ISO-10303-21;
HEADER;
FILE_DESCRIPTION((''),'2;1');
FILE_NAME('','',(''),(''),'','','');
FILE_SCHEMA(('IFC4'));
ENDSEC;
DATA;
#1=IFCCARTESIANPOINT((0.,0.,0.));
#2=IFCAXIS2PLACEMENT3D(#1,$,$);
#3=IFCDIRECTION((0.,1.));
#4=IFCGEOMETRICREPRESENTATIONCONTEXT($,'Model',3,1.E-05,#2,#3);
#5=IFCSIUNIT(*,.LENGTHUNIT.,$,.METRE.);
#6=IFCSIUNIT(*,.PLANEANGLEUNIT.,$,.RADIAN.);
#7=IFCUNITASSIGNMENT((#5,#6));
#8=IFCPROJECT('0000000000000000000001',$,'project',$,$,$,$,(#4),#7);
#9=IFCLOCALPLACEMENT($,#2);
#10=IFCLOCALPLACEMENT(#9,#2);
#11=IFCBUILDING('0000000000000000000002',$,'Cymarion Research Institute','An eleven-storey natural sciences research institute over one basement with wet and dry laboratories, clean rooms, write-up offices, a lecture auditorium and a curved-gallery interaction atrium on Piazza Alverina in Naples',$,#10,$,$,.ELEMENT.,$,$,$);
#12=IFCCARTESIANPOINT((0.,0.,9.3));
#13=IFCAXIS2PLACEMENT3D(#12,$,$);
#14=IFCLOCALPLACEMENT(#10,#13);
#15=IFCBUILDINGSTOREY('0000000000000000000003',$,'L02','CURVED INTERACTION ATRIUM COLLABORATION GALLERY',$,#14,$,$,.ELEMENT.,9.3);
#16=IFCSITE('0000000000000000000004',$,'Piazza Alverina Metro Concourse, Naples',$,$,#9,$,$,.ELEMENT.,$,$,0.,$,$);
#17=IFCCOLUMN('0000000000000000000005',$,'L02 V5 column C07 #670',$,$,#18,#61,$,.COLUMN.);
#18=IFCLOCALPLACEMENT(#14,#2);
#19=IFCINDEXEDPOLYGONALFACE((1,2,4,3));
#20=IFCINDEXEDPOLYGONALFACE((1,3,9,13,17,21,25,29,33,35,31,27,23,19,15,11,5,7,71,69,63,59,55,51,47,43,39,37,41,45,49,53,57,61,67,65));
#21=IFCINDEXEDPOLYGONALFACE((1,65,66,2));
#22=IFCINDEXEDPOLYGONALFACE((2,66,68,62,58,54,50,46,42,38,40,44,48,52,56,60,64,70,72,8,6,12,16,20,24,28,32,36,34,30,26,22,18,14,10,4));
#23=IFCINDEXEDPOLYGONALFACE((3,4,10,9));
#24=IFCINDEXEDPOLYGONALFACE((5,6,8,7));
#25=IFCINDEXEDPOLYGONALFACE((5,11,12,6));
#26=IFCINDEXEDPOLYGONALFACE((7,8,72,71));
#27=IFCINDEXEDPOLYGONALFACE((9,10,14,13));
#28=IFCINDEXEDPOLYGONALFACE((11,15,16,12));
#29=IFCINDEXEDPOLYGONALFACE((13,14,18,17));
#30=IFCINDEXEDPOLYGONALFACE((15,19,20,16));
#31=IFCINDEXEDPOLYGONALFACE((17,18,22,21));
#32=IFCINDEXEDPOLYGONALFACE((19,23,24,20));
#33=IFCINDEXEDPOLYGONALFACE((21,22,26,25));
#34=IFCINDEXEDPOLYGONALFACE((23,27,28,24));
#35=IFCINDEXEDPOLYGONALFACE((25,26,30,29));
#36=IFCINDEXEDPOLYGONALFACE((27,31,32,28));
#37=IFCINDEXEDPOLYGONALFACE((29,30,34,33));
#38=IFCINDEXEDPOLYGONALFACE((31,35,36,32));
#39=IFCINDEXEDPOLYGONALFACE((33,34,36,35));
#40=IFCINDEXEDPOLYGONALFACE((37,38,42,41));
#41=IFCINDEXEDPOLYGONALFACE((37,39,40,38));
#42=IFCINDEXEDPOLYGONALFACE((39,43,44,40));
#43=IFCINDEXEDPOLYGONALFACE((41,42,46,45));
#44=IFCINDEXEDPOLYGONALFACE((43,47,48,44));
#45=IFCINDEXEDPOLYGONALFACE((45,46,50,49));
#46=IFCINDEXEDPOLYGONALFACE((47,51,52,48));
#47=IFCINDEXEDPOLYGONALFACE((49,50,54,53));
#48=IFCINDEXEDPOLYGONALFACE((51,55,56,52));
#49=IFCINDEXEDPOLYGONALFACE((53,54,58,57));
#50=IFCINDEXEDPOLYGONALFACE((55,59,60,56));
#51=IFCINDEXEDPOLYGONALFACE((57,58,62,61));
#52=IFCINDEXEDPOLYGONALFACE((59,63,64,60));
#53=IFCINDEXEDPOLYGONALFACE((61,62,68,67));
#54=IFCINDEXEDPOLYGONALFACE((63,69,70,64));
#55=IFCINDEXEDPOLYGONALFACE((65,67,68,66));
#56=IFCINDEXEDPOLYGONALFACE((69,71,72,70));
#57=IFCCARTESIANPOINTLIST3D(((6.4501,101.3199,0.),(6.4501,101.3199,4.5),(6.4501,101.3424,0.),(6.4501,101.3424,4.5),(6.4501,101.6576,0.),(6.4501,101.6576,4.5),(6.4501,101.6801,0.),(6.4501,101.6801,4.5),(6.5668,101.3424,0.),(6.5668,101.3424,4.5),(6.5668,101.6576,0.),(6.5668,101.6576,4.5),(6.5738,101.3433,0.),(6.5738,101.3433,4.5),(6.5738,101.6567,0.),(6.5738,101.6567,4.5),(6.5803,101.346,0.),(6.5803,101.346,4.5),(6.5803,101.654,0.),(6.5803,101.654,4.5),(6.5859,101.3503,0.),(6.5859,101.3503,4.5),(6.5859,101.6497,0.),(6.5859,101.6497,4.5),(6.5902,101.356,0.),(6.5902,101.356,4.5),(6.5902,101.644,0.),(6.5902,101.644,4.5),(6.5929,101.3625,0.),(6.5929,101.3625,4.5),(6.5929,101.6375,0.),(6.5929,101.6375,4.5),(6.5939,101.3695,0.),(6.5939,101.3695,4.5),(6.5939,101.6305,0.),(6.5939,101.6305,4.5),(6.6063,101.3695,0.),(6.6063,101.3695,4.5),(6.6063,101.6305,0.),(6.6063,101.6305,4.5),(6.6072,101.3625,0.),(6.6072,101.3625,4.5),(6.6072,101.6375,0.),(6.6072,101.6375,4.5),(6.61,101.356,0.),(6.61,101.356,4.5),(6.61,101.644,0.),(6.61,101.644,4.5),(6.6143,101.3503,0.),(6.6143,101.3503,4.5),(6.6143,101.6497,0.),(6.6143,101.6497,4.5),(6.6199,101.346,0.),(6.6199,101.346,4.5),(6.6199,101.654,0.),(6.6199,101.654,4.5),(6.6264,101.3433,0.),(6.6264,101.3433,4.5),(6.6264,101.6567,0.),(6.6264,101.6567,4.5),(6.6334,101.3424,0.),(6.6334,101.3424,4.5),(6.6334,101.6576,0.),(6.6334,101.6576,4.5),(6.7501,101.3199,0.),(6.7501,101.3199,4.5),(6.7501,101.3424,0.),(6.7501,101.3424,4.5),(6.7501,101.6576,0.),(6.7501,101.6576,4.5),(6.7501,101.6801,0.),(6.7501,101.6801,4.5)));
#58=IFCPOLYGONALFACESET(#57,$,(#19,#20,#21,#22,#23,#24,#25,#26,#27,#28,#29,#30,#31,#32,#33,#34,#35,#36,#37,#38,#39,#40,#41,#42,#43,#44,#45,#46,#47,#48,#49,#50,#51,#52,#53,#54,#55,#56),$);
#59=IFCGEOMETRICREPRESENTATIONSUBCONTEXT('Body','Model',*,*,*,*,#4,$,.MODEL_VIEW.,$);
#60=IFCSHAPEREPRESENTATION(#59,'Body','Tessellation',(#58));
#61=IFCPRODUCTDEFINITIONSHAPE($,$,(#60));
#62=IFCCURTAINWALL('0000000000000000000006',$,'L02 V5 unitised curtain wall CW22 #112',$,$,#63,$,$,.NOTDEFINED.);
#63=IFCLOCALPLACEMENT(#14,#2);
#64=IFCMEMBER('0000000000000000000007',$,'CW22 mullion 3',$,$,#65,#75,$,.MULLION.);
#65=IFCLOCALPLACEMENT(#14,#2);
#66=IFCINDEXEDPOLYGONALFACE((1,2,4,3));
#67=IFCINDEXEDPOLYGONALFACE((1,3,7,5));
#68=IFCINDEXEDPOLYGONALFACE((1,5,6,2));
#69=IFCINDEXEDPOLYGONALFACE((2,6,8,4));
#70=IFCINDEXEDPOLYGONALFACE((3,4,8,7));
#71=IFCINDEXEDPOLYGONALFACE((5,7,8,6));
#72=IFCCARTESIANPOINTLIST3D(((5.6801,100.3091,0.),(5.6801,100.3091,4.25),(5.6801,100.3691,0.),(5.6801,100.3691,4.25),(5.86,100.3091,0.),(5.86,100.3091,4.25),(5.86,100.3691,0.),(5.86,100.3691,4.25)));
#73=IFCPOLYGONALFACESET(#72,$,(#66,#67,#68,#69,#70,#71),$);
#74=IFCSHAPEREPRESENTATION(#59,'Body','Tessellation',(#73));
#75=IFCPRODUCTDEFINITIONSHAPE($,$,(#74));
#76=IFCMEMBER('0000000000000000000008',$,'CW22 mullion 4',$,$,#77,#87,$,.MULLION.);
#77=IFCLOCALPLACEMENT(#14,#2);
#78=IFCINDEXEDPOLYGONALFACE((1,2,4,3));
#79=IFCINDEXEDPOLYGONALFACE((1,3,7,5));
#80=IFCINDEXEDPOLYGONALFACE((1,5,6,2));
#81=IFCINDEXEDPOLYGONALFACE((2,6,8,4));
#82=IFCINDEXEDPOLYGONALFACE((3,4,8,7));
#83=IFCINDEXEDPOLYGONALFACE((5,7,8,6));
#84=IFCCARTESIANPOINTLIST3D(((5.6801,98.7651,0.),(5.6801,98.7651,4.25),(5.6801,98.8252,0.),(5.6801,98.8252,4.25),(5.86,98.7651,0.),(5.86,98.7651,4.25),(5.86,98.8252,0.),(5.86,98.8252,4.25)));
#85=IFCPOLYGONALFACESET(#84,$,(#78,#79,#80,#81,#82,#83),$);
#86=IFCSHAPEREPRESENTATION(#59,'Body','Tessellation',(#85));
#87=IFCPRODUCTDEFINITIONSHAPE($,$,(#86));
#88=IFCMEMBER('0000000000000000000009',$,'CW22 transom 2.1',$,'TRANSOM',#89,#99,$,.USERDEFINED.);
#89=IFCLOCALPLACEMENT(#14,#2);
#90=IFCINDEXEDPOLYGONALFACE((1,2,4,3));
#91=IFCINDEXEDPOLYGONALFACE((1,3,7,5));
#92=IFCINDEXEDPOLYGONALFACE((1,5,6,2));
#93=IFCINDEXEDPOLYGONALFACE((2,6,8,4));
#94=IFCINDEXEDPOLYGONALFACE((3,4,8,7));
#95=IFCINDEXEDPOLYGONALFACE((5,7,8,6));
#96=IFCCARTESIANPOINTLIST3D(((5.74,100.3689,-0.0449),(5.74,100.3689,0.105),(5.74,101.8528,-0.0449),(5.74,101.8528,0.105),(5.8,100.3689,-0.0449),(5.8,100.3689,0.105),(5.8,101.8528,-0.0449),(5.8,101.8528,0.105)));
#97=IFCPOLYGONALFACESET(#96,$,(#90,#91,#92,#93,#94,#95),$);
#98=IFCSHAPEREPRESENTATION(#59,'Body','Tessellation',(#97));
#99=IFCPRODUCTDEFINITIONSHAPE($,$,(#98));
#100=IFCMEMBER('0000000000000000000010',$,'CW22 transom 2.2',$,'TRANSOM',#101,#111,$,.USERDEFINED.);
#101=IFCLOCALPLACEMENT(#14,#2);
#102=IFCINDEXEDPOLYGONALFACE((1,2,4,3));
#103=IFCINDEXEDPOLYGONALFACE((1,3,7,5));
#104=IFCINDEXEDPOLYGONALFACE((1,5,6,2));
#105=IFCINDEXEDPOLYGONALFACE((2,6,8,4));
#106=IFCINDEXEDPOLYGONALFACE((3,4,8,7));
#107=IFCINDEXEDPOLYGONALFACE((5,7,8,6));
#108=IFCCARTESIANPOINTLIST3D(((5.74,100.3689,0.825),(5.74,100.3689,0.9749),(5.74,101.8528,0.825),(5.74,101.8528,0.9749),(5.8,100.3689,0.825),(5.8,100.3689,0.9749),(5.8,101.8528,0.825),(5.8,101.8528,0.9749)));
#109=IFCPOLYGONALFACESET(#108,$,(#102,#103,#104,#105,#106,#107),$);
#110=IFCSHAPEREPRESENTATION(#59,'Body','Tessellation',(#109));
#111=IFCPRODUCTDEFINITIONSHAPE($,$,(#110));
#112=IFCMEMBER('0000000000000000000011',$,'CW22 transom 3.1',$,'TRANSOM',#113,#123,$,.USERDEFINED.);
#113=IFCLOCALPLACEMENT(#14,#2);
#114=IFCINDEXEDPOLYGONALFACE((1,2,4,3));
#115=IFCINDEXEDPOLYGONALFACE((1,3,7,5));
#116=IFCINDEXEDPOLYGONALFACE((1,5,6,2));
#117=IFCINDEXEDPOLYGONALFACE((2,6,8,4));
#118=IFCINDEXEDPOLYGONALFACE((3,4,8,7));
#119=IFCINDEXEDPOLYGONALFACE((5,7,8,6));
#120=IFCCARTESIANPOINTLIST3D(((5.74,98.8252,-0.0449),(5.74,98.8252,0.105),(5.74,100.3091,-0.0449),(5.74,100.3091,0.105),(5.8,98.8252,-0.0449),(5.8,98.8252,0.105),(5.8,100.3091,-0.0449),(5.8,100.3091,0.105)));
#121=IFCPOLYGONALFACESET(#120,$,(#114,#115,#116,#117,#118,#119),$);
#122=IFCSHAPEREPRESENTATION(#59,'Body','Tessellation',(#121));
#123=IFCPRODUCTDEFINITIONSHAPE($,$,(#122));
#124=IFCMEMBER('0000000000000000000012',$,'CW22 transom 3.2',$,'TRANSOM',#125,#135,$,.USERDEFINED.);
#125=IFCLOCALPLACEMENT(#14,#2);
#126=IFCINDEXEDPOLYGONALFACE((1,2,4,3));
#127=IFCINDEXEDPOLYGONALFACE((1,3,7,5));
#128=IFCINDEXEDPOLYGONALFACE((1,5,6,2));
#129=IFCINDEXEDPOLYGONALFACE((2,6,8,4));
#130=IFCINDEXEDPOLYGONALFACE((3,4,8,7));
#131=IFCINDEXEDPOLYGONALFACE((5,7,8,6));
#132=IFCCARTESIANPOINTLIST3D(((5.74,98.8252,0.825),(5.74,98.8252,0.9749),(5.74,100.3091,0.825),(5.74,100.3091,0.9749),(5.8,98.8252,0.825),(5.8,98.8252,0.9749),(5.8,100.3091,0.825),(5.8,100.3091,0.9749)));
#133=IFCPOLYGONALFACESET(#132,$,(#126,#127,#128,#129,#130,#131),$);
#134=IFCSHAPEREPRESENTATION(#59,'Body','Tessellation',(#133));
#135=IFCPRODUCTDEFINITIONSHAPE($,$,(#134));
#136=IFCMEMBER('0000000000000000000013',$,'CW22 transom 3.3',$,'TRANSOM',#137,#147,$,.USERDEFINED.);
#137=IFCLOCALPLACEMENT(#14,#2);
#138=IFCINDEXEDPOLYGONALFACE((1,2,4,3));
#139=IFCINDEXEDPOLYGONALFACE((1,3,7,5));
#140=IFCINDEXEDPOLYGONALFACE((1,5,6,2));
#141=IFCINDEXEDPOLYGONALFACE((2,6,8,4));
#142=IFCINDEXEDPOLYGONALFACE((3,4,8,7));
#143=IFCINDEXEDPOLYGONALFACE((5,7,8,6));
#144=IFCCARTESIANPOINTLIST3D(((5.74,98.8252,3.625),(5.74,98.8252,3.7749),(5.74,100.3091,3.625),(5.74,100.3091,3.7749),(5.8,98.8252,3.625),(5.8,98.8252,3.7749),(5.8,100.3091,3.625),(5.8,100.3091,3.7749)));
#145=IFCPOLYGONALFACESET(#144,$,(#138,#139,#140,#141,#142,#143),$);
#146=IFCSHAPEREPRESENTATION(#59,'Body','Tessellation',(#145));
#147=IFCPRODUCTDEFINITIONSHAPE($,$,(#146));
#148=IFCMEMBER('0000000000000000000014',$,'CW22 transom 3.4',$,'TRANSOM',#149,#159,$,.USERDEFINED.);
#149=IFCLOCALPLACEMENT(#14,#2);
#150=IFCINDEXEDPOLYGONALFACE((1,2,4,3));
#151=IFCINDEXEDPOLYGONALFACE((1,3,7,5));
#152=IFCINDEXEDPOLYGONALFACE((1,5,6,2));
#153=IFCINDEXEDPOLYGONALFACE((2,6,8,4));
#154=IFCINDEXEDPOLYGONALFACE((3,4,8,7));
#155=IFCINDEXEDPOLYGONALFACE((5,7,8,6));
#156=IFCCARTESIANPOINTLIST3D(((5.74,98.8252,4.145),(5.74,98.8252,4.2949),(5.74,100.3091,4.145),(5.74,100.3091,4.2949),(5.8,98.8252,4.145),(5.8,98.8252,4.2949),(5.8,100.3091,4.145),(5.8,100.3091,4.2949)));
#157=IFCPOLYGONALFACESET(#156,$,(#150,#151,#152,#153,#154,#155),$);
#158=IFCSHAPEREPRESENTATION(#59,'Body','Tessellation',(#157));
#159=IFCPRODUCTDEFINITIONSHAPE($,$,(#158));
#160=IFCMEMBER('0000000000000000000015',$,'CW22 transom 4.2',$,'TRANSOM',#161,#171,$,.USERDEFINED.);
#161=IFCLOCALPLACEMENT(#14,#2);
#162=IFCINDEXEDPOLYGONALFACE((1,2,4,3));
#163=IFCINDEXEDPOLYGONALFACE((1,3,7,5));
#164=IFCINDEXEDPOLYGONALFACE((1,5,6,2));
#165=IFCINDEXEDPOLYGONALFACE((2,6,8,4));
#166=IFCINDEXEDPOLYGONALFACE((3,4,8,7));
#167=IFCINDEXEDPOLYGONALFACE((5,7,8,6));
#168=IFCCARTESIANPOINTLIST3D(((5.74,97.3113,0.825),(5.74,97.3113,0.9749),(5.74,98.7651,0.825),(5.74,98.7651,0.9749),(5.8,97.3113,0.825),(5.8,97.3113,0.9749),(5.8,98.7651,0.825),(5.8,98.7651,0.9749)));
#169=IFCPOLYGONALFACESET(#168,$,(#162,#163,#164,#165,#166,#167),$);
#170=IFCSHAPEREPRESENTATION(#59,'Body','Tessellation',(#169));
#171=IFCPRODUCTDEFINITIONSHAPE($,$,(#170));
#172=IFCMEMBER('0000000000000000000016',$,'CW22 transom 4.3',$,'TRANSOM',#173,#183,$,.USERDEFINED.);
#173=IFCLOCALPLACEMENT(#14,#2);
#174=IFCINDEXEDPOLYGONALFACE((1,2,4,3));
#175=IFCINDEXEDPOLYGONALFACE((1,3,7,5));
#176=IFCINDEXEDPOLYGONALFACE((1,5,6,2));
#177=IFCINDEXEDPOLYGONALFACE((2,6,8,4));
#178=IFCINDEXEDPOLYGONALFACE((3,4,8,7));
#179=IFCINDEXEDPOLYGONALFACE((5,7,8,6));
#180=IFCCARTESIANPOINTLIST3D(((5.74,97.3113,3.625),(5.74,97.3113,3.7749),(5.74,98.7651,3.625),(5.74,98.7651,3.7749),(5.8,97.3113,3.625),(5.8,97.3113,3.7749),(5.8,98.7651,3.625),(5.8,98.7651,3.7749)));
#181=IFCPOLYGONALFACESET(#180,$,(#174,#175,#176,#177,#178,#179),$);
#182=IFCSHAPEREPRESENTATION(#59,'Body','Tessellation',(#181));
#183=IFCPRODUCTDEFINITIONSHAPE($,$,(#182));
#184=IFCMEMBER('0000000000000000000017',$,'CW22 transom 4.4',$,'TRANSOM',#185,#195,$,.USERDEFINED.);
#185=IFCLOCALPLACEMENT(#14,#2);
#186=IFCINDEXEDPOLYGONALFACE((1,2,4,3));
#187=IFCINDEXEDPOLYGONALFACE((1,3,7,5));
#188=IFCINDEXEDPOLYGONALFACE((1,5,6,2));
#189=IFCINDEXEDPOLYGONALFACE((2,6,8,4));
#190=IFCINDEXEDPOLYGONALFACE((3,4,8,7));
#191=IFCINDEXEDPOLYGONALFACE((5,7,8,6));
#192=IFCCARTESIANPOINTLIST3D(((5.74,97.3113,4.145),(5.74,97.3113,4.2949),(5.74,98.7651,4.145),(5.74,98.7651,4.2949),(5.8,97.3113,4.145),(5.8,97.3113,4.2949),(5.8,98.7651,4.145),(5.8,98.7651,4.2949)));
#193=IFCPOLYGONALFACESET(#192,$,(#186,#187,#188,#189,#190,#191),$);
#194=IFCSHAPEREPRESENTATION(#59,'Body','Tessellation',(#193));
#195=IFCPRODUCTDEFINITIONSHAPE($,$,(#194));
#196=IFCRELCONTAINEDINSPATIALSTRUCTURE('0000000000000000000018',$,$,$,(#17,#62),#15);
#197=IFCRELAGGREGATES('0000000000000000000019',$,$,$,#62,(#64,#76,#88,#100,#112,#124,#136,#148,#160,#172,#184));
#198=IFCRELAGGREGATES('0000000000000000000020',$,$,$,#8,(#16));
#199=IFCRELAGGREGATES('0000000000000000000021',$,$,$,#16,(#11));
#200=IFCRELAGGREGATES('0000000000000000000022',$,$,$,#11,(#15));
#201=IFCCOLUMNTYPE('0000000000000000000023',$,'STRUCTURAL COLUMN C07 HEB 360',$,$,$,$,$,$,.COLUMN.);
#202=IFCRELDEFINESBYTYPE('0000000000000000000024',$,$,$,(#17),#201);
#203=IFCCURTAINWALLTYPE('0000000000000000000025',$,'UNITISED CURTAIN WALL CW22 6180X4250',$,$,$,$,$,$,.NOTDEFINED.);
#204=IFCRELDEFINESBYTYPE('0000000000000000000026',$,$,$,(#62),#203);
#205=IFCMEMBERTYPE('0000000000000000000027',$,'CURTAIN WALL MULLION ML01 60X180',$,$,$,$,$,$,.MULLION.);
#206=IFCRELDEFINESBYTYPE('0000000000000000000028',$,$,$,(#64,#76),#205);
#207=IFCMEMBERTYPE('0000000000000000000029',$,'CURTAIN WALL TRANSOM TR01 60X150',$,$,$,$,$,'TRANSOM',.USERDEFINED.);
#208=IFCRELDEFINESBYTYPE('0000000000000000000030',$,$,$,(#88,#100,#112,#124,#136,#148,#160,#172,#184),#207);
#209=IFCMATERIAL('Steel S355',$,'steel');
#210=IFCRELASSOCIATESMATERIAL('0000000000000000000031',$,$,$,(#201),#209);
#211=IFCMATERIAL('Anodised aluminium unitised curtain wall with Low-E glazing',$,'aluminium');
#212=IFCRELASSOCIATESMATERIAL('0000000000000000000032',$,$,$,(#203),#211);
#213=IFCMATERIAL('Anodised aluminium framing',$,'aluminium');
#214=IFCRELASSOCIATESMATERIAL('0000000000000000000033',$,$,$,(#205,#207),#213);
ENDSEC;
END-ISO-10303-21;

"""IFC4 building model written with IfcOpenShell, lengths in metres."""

from ifc_helpers import new_model, si_unit, direction, frame, origin, origin_2d, place, context, subcontext, project, spatial, rectangle, i_section, extrude, material, material_profile, profile_set, type_object, element, aggregate, save


model = new_model("IFC4")

# Units and contexts
model_context = context("Model", 3, precision=1e-05, world=origin(), true_north=direction((0.0, 1.0)))
body_context = subcontext(model_context, "Body", "Model", "MODEL_VIEW")
ifc_project = project(units=[si_unit("LENGTHUNIT", "METRE"), si_unit("PLANEANGLEUNIT", "RADIAN")], contexts=[model_context])

# Site, building, storey
site_placement = place(None, origin())
site = spatial("IfcSite", under=ifc_project, at=site_placement, Name="Piazza Alverina Metro Concourse, Naples", CompositionType="ELEMENT", RefElevation=0.0)
building_placement = place(site_placement, origin())
building = spatial("IfcBuilding", under=site, at=building_placement, Name="Cymarion Research Institute", Description="An eleven-storey natural sciences research institute over one basement with wet and dry laboratories, clean rooms, write-up offices, a lecture auditorium and a curved-gallery interaction atrium on Piazza Alverina in Naples", CompositionType="ELEMENT")
storey_placement = place(building_placement, frame((0.0, 0.0, 9.3)))
storey = spatial("IfcBuildingStorey", under=building, at=storey_placement, Name="L02", Description="CURVED INTERACTION ATRIUM COLLABORATION GALLERY", CompositionType="ELEMENT", Elevation=9.3)

# Column
ifc_material_1 = material(Name="Steel S355", Category="steel")
ifc_material_profile_1 = material_profile(ifc_material_1, i_section(OverallWidth=0.3, OverallDepth=0.3601, WebThickness=0.0125, FlangeThickness=0.0225, FilletRadius=0.0271, at=origin_2d()), Name="HEB 360")
ifc_profile_set_1 = profile_set([ifc_material_profile_1], Name="Steel S355")
column_type = type_object("IfcColumnType", Name="STRUCTURAL COLUMN C07 HEB 360", PredefinedType="COLUMN", material=ifc_profile_set_1)
column_placement = place(storey_placement, frame((6.6001, 101.5, 0.0), z_axis=(0.0, 0.0, 1.0), x_axis=(1.0, 0.0, 0.0)))
element("IfcColumn", 1, at=column_placement, inside=storey, type_object=column_type, Name="L02 V5 column C07 #670", PredefinedType="COLUMN", context=body_context, shape_type="SweptSolid", body=[
    extrude(i_section(OverallWidth=0.3, OverallDepth=0.3601, WebThickness=0.0125, FlangeThickness=0.0225, FilletRadius=0.0271, at=origin_2d()), origin(), (0.0, 0.0, 1.0), 4.5),
])

# Curtain wall, members
ifc_material_2 = material(Name="Anodised aluminium unitised curtain wall with Low-E glazing", Category="aluminium")
curtain_wall_type = type_object("IfcCurtainWallType", Name="UNITISED CURTAIN WALL CW22 6180X4250", PredefinedType="NOTDEFINED", material=ifc_material_2)
curtain_wall_placement = place(storey_placement, origin())
curtain_wall = element("IfcCurtainWall", 2, at=curtain_wall_placement, inside=storey, type_object=curtain_wall_type, Name="L02 V5 unitised curtain wall CW22 #112", PredefinedType="NOTDEFINED")
ifc_material_3 = material(Name="Anodised aluminium framing", Category="aluminium")
ifc_material_profile_2 = material_profile(ifc_material_3, rectangle(XDim=0.0601, YDim=0.1799, at=origin_2d()), Name="ALU MULLION 60x180")
ifc_profile_set_2 = profile_set([ifc_material_profile_2], Name="Anodised aluminium framing")
member_type_1 = type_object("IfcMemberType", Name="CURTAIN WALL MULLION ML01 60X180", PredefinedType="MULLION", material=ifc_profile_set_2)
member_1_placement = place(storey_placement, frame((5.77, 100.3391, 0.0), z_axis=(0.0, 0.0, 1.0), x_axis=(0.0, -1.0, 0.0)))
member_1 = element("IfcMember", 3, at=member_1_placement, type_object=member_type_1, Name="CW22 mullion 3", PredefinedType="MULLION", context=body_context, shape_type="SweptSolid", body=[
    extrude(rectangle(XDim=0.0601, YDim=0.1799, at=origin_2d()), origin(), (0.0, 0.0, 1.0), 4.25),
])
member_2_placement = place(storey_placement, frame((5.77, 98.7952, 0.0), z_axis=(0.0, 0.0, 1.0), x_axis=(0.0, -1.0, 0.0)))
member_2 = element("IfcMember", 4, at=member_2_placement, type_object=member_type_1, Name="CW22 mullion 4", PredefinedType="MULLION", context=body_context, shape_type="SweptSolid", body=[
    extrude(rectangle(XDim=0.0601, YDim=0.1799, at=origin_2d()), origin(), (0.0, 0.0, 1.0), 4.25),
])
ifc_material_profile_3 = material_profile(ifc_material_3, rectangle(XDim=0.0601, YDim=0.1499, at=origin_2d()), Name="ALU TRANSOM 60x150")
ifc_profile_set_3 = profile_set([ifc_material_profile_3], Name="Anodised aluminium framing")
member_type_2 = type_object("IfcMemberType", Name="CURTAIN WALL TRANSOM TR01 60X150", ElementType="TRANSOM", PredefinedType="USERDEFINED", material=ifc_profile_set_3)
member_3_placement = place(storey_placement, frame((5.77, 101.8528, 0.03), z_axis=(0.0, -1.0, 0.0), x_axis=(1.0, 0.0, 0.0)))
member_3 = element("IfcMember", 5, at=member_3_placement, type_object=member_type_2, Name="CW22 transom 2.1", ObjectType="TRANSOM", PredefinedType="USERDEFINED", context=body_context, shape_type="SweptSolid", body=[
    extrude(rectangle(XDim=0.0601, YDim=0.1499, at=origin_2d()), origin(), (0.0, 0.0, 1.0), 1.4839),
])
member_4_placement = place(storey_placement, frame((5.77, 101.8528, 0.8999), z_axis=(0.0, -1.0, 0.0), x_axis=(1.0, 0.0, 0.0)))
member_4 = element("IfcMember", 6, at=member_4_placement, type_object=member_type_2, Name="CW22 transom 2.2", ObjectType="TRANSOM", PredefinedType="USERDEFINED", context=body_context, shape_type="SweptSolid", body=[
    extrude(rectangle(XDim=0.0601, YDim=0.1499, at=origin_2d()), origin(), (0.0, 0.0, 1.0), 1.4839),
])
member_5_placement = place(storey_placement, frame((5.77, 100.3091, 0.03), z_axis=(0.0, -1.0, 0.0), x_axis=(1.0, 0.0, 0.0)))
member_5 = element("IfcMember", 7, at=member_5_placement, type_object=member_type_2, Name="CW22 transom 3.1", ObjectType="TRANSOM", PredefinedType="USERDEFINED", context=body_context, shape_type="SweptSolid", body=[
    extrude(rectangle(XDim=0.0601, YDim=0.1499, at=origin_2d()), origin(), (0.0, 0.0, 1.0), 1.4839),
])
member_6_placement = place(storey_placement, frame((5.77, 100.3091, 0.8999), z_axis=(0.0, -1.0, 0.0), x_axis=(1.0, 0.0, 0.0)))
member_6 = element("IfcMember", 8, at=member_6_placement, type_object=member_type_2, Name="CW22 transom 3.2", ObjectType="TRANSOM", PredefinedType="USERDEFINED", context=body_context, shape_type="SweptSolid", body=[
    extrude(rectangle(XDim=0.0601, YDim=0.1499, at=origin_2d()), origin(), (0.0, 0.0, 1.0), 1.4839),
])
member_7_placement = place(storey_placement, frame((5.77, 100.3091, 3.7), z_axis=(0.0, -1.0, 0.0), x_axis=(1.0, 0.0, 0.0)))
member_7 = element("IfcMember", 9, at=member_7_placement, type_object=member_type_2, Name="CW22 transom 3.3", ObjectType="TRANSOM", PredefinedType="USERDEFINED", context=body_context, shape_type="SweptSolid", body=[
    extrude(rectangle(XDim=0.0601, YDim=0.1499, at=origin_2d()), origin(), (0.0, 0.0, 1.0), 1.4839),
])
member_8_placement = place(storey_placement, frame((5.77, 100.3091, 4.22), z_axis=(0.0, -1.0, 0.0), x_axis=(1.0, 0.0, 0.0)))
member_8 = element("IfcMember", 10, at=member_8_placement, type_object=member_type_2, Name="CW22 transom 3.4", ObjectType="TRANSOM", PredefinedType="USERDEFINED", context=body_context, shape_type="SweptSolid", body=[
    extrude(rectangle(XDim=0.0601, YDim=0.1499, at=origin_2d()), origin(), (0.0, 0.0, 1.0), 1.4839),
])
member_9_placement = place(storey_placement, frame((5.77, 98.7651, 0.8999), z_axis=(0.0, -1.0, 0.0), x_axis=(1.0, 0.0, 0.0)))
member_9 = element("IfcMember", 11, at=member_9_placement, type_object=member_type_2, Name="CW22 transom 4.2", ObjectType="TRANSOM", PredefinedType="USERDEFINED", context=body_context, shape_type="SweptSolid", body=[
    extrude(rectangle(XDim=0.0601, YDim=0.1499, at=origin_2d()), origin(), (0.0, 0.0, 1.0), 1.4539),
])
member_10_placement = place(storey_placement, frame((5.77, 98.7651, 3.7), z_axis=(0.0, -1.0, 0.0), x_axis=(1.0, 0.0, 0.0)))
member_10 = element("IfcMember", 12, at=member_10_placement, type_object=member_type_2, Name="CW22 transom 4.3", ObjectType="TRANSOM", PredefinedType="USERDEFINED", context=body_context, shape_type="SweptSolid", body=[
    extrude(rectangle(XDim=0.0601, YDim=0.1499, at=origin_2d()), origin(), (0.0, 0.0, 1.0), 1.4539),
])
member_11_placement = place(storey_placement, frame((5.77, 98.7651, 4.22), z_axis=(0.0, -1.0, 0.0), x_axis=(1.0, 0.0, 0.0)))
member_11 = element("IfcMember", 13, at=member_11_placement, type_object=member_type_2, Name="CW22 transom 4.4", ObjectType="TRANSOM", PredefinedType="USERDEFINED", context=body_context, shape_type="SweptSolid", body=[
    extrude(rectangle(XDim=0.0601, YDim=0.1499, at=origin_2d()), origin(), (0.0, 0.0, 1.0), 1.4539),
])

aggregate(curtain_wall, [member_1, member_2, member_3, member_4, member_5, member_6, member_7, member_8, member_9, member_10, member_11])

save(model, "model.ifc")
